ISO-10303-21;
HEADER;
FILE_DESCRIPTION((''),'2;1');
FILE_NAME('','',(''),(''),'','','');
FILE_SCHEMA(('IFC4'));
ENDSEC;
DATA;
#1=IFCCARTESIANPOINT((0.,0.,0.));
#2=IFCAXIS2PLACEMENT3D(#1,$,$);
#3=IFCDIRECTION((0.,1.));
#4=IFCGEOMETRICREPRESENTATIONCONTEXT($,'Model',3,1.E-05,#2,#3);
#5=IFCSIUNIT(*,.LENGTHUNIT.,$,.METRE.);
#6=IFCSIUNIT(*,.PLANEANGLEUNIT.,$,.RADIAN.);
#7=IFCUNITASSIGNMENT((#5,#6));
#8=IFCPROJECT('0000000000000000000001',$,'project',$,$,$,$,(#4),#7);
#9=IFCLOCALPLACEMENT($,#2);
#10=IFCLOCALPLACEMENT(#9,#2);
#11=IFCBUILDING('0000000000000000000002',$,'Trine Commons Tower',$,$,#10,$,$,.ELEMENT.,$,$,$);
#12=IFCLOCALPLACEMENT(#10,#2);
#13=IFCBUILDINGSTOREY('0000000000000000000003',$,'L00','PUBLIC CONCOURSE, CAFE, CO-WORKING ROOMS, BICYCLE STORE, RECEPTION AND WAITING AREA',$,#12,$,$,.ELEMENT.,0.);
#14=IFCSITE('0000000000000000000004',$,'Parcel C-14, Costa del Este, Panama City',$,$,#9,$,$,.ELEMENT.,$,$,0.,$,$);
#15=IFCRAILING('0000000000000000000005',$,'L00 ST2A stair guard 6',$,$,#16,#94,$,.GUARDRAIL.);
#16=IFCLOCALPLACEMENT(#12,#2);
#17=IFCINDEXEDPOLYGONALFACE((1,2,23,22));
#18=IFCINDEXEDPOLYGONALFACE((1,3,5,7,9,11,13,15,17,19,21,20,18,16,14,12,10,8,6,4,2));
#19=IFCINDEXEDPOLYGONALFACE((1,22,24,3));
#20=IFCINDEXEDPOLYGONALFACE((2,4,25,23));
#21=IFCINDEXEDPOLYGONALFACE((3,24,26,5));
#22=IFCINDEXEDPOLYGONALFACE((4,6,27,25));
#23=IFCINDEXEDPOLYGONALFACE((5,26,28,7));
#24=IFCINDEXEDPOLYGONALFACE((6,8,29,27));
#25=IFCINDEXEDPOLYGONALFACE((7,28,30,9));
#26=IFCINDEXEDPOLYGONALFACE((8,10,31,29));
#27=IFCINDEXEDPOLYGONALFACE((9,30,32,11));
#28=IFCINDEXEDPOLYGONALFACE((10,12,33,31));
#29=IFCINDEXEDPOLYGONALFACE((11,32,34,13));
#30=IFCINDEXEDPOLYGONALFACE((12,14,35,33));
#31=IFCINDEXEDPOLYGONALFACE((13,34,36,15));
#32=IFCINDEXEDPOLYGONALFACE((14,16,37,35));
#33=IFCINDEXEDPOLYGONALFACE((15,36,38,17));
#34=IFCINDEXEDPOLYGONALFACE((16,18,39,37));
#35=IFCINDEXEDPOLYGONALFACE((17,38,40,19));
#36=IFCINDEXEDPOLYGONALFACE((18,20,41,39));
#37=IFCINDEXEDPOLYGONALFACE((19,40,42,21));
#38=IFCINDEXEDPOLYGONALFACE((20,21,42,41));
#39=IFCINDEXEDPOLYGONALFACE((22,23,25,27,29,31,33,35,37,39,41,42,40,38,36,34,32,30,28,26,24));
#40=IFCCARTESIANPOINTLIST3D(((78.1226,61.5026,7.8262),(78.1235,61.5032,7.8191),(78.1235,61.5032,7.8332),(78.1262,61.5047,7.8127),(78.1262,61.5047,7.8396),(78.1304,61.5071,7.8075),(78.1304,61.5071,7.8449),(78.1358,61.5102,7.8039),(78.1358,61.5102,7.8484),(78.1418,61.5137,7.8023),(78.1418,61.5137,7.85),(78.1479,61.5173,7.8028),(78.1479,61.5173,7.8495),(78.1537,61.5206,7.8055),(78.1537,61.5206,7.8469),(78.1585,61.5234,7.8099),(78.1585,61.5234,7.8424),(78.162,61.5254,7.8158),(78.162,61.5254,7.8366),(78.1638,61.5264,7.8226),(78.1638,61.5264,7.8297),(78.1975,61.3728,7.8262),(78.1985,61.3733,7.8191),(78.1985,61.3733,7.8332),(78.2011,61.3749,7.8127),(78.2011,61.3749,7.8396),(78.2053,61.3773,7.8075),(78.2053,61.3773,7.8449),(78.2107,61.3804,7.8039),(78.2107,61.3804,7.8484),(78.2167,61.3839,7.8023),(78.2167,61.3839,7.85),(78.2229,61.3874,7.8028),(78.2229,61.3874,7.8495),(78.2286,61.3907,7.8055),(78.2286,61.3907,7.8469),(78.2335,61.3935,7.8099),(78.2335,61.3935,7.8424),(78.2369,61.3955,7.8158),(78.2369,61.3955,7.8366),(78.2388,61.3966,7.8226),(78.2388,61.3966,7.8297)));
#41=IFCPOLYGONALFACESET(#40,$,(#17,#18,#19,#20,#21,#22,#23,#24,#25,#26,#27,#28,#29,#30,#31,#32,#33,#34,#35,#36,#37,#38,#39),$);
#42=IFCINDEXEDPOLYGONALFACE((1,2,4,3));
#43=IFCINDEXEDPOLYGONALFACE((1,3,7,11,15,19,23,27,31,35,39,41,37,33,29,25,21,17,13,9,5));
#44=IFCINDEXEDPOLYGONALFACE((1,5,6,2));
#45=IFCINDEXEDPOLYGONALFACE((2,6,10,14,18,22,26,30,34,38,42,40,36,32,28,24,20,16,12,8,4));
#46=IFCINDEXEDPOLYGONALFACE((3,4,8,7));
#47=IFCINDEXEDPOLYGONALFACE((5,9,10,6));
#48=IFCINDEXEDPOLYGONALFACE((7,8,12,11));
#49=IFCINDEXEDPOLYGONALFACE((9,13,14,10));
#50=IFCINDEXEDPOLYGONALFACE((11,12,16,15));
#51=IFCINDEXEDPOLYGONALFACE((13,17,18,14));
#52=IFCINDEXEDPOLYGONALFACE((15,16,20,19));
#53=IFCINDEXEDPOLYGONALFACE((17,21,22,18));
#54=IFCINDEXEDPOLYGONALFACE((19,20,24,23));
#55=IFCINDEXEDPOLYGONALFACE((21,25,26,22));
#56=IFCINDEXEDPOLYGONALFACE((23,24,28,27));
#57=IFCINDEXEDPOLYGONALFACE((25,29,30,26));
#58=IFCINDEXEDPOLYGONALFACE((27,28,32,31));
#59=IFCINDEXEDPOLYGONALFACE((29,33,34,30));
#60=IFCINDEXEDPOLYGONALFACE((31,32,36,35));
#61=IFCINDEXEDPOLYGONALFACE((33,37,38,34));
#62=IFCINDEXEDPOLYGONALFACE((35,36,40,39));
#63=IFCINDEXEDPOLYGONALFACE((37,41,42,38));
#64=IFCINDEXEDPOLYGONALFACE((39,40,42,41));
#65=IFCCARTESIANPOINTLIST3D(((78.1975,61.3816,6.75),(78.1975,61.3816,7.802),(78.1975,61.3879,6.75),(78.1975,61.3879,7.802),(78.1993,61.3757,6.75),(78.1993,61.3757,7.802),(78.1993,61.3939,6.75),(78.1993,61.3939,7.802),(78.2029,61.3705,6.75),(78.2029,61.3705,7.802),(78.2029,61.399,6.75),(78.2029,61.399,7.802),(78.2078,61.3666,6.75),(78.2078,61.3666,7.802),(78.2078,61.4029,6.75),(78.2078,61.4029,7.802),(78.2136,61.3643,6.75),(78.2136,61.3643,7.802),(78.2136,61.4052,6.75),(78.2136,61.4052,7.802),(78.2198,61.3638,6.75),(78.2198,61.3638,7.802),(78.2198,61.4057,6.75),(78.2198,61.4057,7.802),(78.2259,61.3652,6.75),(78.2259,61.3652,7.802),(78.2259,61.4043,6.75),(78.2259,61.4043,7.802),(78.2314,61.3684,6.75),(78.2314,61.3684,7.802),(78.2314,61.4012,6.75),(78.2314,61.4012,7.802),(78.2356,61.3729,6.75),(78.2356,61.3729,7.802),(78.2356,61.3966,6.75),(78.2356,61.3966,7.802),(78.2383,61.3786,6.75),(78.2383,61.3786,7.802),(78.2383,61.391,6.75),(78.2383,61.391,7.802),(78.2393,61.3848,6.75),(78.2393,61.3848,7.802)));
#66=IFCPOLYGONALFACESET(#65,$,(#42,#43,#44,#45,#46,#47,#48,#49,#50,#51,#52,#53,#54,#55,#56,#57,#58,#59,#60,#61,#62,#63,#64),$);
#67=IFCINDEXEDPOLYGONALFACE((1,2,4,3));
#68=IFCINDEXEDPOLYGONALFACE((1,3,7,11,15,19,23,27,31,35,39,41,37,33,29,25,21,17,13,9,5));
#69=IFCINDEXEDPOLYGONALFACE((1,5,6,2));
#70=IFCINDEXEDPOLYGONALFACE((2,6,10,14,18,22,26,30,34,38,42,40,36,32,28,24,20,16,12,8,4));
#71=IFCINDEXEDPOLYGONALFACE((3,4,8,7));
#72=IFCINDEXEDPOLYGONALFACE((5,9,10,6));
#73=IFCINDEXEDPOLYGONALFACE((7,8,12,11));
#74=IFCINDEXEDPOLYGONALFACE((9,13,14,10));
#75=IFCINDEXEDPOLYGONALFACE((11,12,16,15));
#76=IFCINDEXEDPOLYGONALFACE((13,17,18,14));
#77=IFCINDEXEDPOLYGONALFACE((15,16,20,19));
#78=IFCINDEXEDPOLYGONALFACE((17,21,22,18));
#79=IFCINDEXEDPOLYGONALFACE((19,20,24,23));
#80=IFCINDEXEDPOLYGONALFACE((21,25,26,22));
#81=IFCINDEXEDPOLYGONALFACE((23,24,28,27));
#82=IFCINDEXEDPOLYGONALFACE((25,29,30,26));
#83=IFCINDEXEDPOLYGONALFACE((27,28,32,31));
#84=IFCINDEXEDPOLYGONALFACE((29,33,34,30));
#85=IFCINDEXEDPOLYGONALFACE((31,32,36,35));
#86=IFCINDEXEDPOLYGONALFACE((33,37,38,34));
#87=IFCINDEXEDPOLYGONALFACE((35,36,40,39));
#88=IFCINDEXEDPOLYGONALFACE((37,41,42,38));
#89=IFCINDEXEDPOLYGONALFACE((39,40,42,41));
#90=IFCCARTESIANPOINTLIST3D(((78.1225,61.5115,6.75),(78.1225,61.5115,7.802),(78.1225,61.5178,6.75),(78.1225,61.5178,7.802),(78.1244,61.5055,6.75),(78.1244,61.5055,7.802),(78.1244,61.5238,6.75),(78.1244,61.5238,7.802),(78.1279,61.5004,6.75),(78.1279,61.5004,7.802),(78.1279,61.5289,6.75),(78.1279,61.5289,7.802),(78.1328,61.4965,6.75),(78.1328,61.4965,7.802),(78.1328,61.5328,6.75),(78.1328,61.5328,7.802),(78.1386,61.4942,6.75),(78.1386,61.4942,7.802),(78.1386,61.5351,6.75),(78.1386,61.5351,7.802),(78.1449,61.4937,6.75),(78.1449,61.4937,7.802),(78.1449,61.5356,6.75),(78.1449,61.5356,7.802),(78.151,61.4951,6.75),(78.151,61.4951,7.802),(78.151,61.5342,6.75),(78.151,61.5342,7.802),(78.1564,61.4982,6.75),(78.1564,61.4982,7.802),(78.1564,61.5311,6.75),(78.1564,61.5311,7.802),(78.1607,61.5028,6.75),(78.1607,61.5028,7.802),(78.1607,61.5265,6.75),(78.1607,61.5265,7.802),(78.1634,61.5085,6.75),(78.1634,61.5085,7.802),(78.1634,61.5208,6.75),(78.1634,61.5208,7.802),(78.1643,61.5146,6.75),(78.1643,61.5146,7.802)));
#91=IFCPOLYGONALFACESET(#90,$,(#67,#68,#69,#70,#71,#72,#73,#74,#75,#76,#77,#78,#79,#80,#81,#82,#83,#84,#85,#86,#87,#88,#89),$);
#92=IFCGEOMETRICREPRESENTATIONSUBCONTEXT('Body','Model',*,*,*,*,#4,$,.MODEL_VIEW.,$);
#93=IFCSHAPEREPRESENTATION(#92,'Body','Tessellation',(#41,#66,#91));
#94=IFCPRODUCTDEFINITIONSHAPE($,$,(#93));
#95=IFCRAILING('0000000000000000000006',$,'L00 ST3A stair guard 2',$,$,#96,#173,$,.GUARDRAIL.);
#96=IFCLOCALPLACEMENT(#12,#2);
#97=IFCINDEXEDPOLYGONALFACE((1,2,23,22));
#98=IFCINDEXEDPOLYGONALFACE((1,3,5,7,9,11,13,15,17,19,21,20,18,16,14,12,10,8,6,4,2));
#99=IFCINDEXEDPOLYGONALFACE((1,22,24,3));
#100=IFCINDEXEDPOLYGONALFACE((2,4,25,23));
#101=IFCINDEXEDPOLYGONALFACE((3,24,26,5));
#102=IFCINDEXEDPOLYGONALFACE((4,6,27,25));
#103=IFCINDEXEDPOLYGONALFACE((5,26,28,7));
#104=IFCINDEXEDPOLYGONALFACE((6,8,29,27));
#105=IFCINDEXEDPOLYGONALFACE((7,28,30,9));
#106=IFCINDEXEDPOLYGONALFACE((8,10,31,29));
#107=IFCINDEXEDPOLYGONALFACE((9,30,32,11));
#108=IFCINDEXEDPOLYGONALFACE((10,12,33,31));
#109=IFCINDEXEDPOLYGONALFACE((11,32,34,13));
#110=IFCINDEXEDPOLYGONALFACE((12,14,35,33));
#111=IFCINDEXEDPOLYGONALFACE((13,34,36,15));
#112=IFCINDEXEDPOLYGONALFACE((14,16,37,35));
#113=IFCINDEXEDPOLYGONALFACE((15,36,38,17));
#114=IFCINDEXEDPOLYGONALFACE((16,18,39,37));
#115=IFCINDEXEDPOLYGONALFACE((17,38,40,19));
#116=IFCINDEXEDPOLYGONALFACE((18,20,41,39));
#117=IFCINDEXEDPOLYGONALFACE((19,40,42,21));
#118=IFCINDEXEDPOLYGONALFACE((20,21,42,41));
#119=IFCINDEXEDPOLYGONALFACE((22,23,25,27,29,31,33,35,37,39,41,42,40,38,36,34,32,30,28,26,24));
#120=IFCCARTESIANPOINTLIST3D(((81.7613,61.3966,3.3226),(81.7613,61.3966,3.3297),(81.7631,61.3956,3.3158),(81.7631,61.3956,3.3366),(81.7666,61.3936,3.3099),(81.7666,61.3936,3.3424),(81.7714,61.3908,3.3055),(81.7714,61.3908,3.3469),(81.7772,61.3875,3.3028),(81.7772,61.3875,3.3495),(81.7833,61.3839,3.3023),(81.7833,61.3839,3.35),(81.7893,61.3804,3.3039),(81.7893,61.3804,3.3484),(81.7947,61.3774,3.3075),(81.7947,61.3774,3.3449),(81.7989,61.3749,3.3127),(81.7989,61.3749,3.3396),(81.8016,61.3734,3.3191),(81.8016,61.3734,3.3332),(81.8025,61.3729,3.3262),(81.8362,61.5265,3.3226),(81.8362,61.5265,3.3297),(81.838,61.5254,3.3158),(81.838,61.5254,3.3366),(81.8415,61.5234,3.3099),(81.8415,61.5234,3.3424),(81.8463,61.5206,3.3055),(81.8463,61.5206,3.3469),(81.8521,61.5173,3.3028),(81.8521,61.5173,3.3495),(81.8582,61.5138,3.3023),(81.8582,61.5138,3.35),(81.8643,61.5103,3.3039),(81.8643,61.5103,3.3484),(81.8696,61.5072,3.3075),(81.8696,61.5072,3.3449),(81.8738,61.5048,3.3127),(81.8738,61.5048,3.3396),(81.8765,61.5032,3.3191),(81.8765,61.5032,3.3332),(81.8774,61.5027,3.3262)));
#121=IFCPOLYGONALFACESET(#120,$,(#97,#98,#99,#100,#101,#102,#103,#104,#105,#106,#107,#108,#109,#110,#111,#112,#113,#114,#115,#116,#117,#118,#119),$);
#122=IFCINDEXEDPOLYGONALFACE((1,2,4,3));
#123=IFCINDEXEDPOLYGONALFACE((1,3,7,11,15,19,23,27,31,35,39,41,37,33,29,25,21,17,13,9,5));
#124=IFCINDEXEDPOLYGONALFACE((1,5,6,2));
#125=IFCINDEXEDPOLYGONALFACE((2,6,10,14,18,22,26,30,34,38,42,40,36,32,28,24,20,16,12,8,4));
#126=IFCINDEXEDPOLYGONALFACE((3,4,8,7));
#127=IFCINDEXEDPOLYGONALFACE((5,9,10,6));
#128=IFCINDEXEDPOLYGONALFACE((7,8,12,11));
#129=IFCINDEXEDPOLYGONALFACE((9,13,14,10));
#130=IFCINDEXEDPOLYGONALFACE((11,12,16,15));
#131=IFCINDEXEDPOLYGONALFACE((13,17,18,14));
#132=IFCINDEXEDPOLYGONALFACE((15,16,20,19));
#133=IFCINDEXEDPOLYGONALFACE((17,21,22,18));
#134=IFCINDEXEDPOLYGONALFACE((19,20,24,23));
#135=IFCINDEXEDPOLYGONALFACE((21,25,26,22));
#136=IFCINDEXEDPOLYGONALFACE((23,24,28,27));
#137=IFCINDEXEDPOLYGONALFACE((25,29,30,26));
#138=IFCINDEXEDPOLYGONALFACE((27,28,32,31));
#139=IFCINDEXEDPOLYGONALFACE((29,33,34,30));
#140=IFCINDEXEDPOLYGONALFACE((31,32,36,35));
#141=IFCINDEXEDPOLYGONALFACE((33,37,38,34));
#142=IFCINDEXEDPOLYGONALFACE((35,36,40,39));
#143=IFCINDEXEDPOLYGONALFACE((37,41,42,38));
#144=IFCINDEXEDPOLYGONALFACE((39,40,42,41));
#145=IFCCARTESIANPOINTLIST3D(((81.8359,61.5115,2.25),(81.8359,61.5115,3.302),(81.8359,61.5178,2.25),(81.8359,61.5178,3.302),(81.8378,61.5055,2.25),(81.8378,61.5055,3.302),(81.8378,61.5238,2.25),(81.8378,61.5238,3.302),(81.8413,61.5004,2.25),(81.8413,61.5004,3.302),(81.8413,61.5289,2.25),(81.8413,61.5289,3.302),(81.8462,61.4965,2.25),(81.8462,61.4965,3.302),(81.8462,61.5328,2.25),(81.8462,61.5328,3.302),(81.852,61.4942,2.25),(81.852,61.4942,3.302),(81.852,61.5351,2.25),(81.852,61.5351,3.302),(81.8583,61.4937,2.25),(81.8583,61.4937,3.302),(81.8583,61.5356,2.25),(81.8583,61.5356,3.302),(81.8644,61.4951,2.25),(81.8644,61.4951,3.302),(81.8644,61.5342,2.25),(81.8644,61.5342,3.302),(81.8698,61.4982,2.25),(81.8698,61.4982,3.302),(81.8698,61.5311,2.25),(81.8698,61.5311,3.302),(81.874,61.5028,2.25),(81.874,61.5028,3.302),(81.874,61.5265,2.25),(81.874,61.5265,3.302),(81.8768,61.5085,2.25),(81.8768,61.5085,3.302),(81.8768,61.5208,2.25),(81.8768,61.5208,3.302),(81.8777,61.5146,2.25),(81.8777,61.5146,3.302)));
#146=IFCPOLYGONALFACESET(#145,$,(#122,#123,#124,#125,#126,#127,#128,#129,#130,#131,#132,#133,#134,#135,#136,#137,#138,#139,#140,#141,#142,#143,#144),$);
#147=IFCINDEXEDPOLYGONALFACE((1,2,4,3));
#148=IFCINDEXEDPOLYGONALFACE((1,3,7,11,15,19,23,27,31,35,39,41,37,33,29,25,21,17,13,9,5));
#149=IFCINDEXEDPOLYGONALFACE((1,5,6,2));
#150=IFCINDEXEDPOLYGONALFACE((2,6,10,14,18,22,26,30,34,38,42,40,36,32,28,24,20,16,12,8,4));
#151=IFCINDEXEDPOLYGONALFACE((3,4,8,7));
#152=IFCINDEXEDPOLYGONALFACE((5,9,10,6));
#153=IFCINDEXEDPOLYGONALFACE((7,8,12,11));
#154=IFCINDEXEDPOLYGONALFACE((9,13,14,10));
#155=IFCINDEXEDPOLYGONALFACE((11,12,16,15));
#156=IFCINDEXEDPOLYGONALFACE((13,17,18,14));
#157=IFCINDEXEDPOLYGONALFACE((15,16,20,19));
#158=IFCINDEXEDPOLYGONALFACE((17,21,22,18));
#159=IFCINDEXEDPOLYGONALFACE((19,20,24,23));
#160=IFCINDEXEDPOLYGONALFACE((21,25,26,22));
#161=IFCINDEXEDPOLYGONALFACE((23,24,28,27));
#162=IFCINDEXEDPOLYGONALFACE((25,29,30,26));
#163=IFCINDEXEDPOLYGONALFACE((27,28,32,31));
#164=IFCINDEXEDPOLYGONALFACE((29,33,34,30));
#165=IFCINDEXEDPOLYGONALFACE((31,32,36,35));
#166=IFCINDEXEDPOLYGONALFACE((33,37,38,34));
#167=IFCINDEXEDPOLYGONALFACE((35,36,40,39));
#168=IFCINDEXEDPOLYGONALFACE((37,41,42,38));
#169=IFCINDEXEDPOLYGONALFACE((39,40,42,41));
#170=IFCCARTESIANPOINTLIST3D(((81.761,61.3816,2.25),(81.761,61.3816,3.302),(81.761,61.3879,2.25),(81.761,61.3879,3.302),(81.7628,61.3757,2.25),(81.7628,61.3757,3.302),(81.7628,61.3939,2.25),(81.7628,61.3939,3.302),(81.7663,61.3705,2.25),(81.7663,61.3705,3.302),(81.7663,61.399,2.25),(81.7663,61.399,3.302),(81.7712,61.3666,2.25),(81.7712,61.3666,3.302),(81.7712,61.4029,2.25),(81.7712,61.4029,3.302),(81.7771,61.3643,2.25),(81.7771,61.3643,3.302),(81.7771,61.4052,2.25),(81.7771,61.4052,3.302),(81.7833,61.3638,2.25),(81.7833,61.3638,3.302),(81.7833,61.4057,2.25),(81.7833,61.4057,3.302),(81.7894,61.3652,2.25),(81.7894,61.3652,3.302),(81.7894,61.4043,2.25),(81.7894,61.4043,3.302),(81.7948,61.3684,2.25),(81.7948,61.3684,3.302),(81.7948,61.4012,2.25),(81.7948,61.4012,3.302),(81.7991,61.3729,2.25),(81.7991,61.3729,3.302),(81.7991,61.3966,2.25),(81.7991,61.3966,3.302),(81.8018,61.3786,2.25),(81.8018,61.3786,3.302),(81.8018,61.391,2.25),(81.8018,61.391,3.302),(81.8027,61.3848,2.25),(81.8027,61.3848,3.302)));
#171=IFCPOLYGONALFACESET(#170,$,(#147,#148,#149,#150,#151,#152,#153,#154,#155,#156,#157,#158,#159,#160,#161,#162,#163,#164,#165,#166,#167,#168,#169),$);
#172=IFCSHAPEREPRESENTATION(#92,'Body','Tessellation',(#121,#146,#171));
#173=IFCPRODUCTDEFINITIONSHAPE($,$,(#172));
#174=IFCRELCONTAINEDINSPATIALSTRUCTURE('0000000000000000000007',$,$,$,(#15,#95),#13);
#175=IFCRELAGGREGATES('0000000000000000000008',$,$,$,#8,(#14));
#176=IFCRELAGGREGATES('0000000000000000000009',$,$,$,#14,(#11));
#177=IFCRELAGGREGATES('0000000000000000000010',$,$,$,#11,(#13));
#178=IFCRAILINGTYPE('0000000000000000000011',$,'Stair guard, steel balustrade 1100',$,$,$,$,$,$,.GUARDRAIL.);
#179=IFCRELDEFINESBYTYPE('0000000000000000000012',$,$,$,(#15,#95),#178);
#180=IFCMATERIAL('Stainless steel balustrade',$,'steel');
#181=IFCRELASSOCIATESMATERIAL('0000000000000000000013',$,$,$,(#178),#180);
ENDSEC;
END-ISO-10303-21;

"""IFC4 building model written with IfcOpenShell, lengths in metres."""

from ifc_helpers import new_model, si_unit, direction, frame, origin, origin_2d, place, context, subcontext, project, spatial, circle, extrude, material, type_object, element, save


model = new_model("IFC4")

# Units and contexts
model_context = context("Model", 3, precision=1e-05, world=origin(), true_north=direction((0.0, 1.0)))
body_context = subcontext(model_context, "Body", "Model", "MODEL_VIEW")
ifc_project = project(units=[si_unit("LENGTHUNIT", "METRE"), si_unit("PLANEANGLEUNIT", "RADIAN")], contexts=[model_context])

# Site, building, storey
site_placement = place(None, origin())
site = spatial("IfcSite", under=ifc_project, at=site_placement, Name="Parcel C-14, Costa del Este, Panama City", CompositionType="ELEMENT", RefElevation=0.0)
building_placement = place(site_placement, origin())
building = spatial("IfcBuilding", under=site, at=building_placement, Name="Trine Commons Tower", CompositionType="ELEMENT")
storey_placement = place(building_placement, origin())
storey = spatial("IfcBuildingStorey", under=building, at=storey_placement, Name="L00", Description="PUBLIC CONCOURSE, CAFE, CO-WORKING ROOMS, BICYCLE STORE, RECEPTION AND WAITING AREA", CompositionType="ELEMENT", Elevation=0.0)

# Railings
ifc_material_1 = material(Name="Stainless steel balustrade", Category="steel")
railing_type_1 = type_object("IfcRailingType", Name="Stair guard, steel balustrade 1100", PredefinedType="GUARDRAIL", material=ifc_material_1)
for number, where, name in (
    (1, (78.2183, 61.3848, 6.75), "L00 ST2A stair guard 6"),
):
    element("IfcRailing", number, at=place(storey_placement, frame(where)), inside=storey, type_object=railing_type_1, Name=name, PredefinedType="GUARDRAIL", context=body_context, shape_type="SweptSolid", body=[
        extrude(circle(Radius=0.0239, at=origin_2d()), frame((0.0, 0.0, 1.0762), z_axis=(-0.499816, 0.866131, 0.0), x_axis=(-0.866131, -0.499816, 0.0)), (0.0, 0.0, 1.0), 0.1499),
        extrude(circle(Radius=0.021, at=origin_2d()), origin(), (0.0, 0.0, 1.0), 1.052),
        extrude(circle(Radius=0.021, at=origin_2d()), frame((-0.075, 0.1299, 0.0)), (0.0, 0.0, 1.0), 1.052),
    ])
railing_1_placement = place(storey_placement, frame((81.8567, 61.5146, 2.25)))
element("IfcRailing", 2, at=railing_1_placement, inside=storey, type_object=railing_type_1, Name="L00 ST3A stair guard 2", PredefinedType="GUARDRAIL", context=body_context, shape_type="SweptSolid", body=[
    extrude(circle(Radius=0.0239, at=origin_2d()), frame((0.0, 0.0, 1.0762), z_axis=(-0.499816, -0.866131, 0.0), x_axis=(0.866131, -0.499816, 0.0)), (0.0, 0.0, 1.0), 0.1499),
    extrude(circle(Radius=0.021, at=origin_2d()), origin(), (0.0, 0.0, 1.0), 1.052),
    extrude(circle(Radius=0.021, at=origin_2d()), frame((-0.075, -0.1299, 0.0)), (0.0, 0.0, 1.0), 1.052),
])

save(model, "model.ifc")
